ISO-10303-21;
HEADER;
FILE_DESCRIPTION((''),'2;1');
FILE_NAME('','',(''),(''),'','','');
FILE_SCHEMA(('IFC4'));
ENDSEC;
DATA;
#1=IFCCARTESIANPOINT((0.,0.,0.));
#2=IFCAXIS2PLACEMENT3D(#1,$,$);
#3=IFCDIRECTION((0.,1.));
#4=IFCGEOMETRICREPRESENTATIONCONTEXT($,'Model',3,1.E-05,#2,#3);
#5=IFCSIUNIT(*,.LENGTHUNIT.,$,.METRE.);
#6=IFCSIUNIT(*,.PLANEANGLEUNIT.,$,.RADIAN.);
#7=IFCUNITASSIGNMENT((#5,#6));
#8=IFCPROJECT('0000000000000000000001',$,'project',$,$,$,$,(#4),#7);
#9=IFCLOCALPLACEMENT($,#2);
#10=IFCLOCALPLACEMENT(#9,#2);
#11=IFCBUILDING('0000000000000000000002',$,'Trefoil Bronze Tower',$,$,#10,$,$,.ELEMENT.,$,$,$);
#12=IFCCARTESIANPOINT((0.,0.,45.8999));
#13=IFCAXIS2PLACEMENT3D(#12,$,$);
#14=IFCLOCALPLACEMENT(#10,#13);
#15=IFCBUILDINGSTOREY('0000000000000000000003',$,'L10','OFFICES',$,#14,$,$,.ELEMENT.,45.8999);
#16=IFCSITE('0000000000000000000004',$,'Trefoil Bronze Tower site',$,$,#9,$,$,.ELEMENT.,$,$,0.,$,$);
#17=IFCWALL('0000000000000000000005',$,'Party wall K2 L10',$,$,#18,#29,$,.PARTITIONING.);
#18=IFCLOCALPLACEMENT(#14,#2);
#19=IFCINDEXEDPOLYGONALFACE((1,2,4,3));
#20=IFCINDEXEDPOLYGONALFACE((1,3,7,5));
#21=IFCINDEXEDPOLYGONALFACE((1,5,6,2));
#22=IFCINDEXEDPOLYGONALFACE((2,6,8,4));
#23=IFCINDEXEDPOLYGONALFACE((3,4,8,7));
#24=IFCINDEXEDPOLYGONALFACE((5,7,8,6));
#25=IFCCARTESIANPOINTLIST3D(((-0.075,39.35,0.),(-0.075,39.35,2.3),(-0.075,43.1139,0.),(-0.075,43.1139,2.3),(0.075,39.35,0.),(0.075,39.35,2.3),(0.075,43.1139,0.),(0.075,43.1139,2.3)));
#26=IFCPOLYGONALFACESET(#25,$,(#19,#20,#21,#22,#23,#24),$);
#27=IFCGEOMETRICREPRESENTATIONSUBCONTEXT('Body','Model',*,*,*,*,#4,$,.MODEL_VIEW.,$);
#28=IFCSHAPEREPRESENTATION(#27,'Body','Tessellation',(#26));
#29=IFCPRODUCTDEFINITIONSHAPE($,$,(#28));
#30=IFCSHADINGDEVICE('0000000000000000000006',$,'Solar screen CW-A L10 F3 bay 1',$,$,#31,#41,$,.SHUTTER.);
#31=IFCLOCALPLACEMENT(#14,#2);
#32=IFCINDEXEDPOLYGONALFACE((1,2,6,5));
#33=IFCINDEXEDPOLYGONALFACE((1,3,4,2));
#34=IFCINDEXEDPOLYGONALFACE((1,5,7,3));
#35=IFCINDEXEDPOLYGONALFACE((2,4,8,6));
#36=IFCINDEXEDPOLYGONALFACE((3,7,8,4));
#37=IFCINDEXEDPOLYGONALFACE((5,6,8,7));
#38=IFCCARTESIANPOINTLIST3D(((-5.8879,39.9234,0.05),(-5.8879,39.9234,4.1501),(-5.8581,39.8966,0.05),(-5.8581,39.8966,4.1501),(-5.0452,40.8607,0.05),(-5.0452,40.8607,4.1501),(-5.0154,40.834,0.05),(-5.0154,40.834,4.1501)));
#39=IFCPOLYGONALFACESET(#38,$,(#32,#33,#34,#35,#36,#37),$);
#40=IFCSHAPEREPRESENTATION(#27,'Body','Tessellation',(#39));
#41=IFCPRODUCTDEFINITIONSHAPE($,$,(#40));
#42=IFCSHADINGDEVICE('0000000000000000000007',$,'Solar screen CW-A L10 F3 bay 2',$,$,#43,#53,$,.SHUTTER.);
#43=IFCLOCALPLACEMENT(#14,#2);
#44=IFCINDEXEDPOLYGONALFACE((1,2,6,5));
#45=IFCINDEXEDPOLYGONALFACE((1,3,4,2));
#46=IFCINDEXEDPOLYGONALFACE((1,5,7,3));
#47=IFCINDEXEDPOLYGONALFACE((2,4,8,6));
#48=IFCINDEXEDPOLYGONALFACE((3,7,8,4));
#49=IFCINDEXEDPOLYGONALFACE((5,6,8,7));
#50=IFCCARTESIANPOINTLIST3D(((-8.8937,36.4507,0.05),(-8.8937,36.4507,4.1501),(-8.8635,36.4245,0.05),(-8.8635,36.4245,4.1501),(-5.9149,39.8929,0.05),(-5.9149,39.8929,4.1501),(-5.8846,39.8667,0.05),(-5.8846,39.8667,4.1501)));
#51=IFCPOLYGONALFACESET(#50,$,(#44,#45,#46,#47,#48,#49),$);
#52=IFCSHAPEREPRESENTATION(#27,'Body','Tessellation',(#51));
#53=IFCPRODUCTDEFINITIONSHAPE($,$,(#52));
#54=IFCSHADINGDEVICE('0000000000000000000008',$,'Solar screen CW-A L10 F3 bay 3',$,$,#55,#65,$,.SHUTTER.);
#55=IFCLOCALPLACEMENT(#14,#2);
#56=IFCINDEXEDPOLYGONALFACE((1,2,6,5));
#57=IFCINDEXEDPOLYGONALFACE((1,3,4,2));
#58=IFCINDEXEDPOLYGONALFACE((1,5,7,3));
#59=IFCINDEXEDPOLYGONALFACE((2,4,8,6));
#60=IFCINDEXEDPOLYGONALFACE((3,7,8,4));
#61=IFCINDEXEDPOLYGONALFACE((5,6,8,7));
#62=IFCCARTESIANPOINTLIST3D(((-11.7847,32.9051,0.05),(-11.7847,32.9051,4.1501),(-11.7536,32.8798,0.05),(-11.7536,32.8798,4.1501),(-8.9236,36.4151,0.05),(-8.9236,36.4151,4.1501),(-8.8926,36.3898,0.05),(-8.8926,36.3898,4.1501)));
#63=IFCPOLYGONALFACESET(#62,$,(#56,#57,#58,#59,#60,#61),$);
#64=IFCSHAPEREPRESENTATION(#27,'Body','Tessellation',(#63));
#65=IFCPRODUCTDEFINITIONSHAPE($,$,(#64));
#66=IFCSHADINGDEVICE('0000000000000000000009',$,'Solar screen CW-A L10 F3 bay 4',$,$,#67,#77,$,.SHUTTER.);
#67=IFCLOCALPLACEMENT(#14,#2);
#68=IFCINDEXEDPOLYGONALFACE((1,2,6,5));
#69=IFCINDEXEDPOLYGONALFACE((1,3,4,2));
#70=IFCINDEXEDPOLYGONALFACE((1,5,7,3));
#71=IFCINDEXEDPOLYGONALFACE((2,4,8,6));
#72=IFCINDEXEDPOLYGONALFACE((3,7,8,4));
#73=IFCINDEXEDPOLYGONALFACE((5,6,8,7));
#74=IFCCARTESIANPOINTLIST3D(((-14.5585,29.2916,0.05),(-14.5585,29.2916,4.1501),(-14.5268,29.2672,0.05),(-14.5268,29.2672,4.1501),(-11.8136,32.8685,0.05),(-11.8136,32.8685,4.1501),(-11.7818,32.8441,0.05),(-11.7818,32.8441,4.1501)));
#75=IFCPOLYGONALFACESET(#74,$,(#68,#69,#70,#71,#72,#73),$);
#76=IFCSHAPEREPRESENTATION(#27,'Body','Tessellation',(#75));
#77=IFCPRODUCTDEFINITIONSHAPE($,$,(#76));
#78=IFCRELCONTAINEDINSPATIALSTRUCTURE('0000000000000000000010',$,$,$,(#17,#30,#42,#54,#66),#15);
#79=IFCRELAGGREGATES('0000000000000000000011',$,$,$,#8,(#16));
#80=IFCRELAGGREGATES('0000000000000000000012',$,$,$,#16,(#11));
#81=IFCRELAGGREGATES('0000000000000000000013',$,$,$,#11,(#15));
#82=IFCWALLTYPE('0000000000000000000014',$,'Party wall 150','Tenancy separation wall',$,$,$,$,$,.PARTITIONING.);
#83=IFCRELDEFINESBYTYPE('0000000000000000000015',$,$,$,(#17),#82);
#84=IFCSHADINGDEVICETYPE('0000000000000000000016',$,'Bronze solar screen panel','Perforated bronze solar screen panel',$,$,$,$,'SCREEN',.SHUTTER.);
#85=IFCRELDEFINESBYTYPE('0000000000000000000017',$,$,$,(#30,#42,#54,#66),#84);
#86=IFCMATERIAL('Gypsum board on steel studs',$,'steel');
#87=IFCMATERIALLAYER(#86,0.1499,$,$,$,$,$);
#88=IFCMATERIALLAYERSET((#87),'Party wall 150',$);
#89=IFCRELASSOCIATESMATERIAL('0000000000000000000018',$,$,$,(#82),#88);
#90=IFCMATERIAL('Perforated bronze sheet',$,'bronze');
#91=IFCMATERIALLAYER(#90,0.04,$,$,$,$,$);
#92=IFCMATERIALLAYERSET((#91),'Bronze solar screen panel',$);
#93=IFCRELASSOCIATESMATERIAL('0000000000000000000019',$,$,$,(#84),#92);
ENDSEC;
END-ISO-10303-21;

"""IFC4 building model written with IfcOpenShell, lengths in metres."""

from ifc_helpers import new_model, si_unit, direction, frame, frame_2d, origin, origin_2d, place, context, subcontext, project, spatial, rectangle, extrude, material, layer, layer_set, type_object, element, save


model = new_model("IFC4")

# Units and contexts
model_context = context("Model", 3, precision=1e-05, world=origin(), true_north=direction((0.0, 1.0)))
body_context = subcontext(model_context, "Body", "Model", "MODEL_VIEW")
ifc_project = project(units=[si_unit("LENGTHUNIT", "METRE"), si_unit("PLANEANGLEUNIT", "RADIAN")], contexts=[model_context])

# Site, building, storey
site_placement = place(None, origin())
site = spatial("IfcSite", under=ifc_project, at=site_placement, Name="Trefoil Bronze Tower site", CompositionType="ELEMENT", RefElevation=0.0)
building_placement = place(site_placement, origin())
building = spatial("IfcBuilding", under=site, at=building_placement, Name="Trefoil Bronze Tower", CompositionType="ELEMENT")
storey_placement = place(building_placement, frame((0.0, 0.0, 45.8999)))
storey = spatial("IfcBuildingStorey", under=building, at=storey_placement, Name="L10", Description="OFFICES", CompositionType="ELEMENT", Elevation=45.8999)

# Wall
ifc_material_1 = material(Name="Gypsum board on steel studs", Category="steel")
ifc_layer_1 = layer(ifc_material_1, 0.1499)
ifc_layer_set_1 = layer_set([ifc_layer_1], Name="Party wall 150")
wall_type = type_object("IfcWallType", Name="Party wall 150", Description="Tenancy separation wall", PredefinedType="PARTITIONING", material=ifc_layer_set_1)
wall_placement = place(storey_placement, frame((0.0, 39.3501, 0.0), z_axis=(0.0, 0.0, 1.0), x_axis=(0.0, 1.0, 0.0)))
element("IfcWall", 1, at=wall_placement, inside=storey, type_object=wall_type, Name="Party wall K2 L10", PredefinedType="PARTITIONING", context=body_context, shape_type="SweptSolid", body=[
    extrude(rectangle(XDim=3.7639, YDim=0.1499, at=frame_2d((1.8818, 0.0))), origin(), (0.0, 0.0, 1.0), 2.3),
])

# Shading devices
ifc_material_2 = material(Name="Perforated bronze sheet", Category="bronze")
ifc_layer_2 = layer(ifc_material_2, 0.04)
ifc_layer_set_2 = layer_set([ifc_layer_2], Name="Bronze solar screen panel")
shading_device_type = type_object("IfcShadingDeviceType", Name="Bronze solar screen panel", Description="Perforated bronze solar screen panel", ElementType="SCREEN", PredefinedType="SHUTTER", material=ifc_layer_set_2)
shading_device_1_placement = place(storey_placement, frame((-5.4517, 40.3787, 0.05), z_axis=(0.0, 0.0, 1.0), x_axis=(-0.668575, -0.743645, 0.0)))
element("IfcShadingDevice", 2, at=shading_device_1_placement, inside=storey, type_object=shading_device_type, Name="Solar screen CW-A L10 F3 bay 1", PredefinedType="SHUTTER", context=body_context, shape_type="SweptSolid", body=[
    extrude(rectangle(XDim=1.2605, YDim=0.04, at=origin_2d()), origin(), (0.0, 0.0, 1.0), 4.1001),
])
shading_device_2_placement = place(storey_placement, frame((-7.3892, 38.1587, 0.05), z_axis=(0.0, 0.0, 1.0), x_axis=(-0.654376, -0.756169, 0.0)))
element("IfcShadingDevice", 3, at=shading_device_2_placement, inside=storey, type_object=shading_device_type, Name="Solar screen CW-A L10 F3 bay 2", PredefinedType="SHUTTER", context=body_context, shape_type="SweptSolid", body=[
    extrude(rectangle(XDim=4.5522, YDim=0.04, at=origin_2d()), origin(), (0.0, 0.0, 1.0), 4.1001),
])
shading_device_3_placement = place(storey_placement, frame((-10.3386, 34.6475, 0.05), z_axis=(0.0, 0.0, 1.0), x_axis=(-0.631811, -0.775123, 0.0)))
element("IfcShadingDevice", 4, at=shading_device_3_placement, inside=storey, type_object=shading_device_type, Name="Solar screen CW-A L10 F3 bay 3", PredefinedType="SHUTTER", context=body_context, shape_type="SweptSolid", body=[
    extrude(rectangle(XDim=4.5283, YDim=0.04, at=origin_2d()), origin(), (0.0, 0.0, 1.0), 4.1001),
])
shading_device_4_placement = place(storey_placement, frame((-13.1702, 31.0679, 0.05), z_axis=(0.0, 0.0, 1.0), x_axis=(-0.608808, -0.793318, 0.0)))
element("IfcShadingDevice", 5, at=shading_device_4_placement, inside=storey, type_object=shading_device_type, Name="Solar screen CW-A L10 F3 bay 4", PredefinedType="SHUTTER", context=body_context, shape_type="SweptSolid", body=[
    extrude(rectangle(XDim=4.5088, YDim=0.04, at=origin_2d()), origin(), (0.0, 0.0, 1.0), 4.1001),
])

save(model, "model.ifc")
